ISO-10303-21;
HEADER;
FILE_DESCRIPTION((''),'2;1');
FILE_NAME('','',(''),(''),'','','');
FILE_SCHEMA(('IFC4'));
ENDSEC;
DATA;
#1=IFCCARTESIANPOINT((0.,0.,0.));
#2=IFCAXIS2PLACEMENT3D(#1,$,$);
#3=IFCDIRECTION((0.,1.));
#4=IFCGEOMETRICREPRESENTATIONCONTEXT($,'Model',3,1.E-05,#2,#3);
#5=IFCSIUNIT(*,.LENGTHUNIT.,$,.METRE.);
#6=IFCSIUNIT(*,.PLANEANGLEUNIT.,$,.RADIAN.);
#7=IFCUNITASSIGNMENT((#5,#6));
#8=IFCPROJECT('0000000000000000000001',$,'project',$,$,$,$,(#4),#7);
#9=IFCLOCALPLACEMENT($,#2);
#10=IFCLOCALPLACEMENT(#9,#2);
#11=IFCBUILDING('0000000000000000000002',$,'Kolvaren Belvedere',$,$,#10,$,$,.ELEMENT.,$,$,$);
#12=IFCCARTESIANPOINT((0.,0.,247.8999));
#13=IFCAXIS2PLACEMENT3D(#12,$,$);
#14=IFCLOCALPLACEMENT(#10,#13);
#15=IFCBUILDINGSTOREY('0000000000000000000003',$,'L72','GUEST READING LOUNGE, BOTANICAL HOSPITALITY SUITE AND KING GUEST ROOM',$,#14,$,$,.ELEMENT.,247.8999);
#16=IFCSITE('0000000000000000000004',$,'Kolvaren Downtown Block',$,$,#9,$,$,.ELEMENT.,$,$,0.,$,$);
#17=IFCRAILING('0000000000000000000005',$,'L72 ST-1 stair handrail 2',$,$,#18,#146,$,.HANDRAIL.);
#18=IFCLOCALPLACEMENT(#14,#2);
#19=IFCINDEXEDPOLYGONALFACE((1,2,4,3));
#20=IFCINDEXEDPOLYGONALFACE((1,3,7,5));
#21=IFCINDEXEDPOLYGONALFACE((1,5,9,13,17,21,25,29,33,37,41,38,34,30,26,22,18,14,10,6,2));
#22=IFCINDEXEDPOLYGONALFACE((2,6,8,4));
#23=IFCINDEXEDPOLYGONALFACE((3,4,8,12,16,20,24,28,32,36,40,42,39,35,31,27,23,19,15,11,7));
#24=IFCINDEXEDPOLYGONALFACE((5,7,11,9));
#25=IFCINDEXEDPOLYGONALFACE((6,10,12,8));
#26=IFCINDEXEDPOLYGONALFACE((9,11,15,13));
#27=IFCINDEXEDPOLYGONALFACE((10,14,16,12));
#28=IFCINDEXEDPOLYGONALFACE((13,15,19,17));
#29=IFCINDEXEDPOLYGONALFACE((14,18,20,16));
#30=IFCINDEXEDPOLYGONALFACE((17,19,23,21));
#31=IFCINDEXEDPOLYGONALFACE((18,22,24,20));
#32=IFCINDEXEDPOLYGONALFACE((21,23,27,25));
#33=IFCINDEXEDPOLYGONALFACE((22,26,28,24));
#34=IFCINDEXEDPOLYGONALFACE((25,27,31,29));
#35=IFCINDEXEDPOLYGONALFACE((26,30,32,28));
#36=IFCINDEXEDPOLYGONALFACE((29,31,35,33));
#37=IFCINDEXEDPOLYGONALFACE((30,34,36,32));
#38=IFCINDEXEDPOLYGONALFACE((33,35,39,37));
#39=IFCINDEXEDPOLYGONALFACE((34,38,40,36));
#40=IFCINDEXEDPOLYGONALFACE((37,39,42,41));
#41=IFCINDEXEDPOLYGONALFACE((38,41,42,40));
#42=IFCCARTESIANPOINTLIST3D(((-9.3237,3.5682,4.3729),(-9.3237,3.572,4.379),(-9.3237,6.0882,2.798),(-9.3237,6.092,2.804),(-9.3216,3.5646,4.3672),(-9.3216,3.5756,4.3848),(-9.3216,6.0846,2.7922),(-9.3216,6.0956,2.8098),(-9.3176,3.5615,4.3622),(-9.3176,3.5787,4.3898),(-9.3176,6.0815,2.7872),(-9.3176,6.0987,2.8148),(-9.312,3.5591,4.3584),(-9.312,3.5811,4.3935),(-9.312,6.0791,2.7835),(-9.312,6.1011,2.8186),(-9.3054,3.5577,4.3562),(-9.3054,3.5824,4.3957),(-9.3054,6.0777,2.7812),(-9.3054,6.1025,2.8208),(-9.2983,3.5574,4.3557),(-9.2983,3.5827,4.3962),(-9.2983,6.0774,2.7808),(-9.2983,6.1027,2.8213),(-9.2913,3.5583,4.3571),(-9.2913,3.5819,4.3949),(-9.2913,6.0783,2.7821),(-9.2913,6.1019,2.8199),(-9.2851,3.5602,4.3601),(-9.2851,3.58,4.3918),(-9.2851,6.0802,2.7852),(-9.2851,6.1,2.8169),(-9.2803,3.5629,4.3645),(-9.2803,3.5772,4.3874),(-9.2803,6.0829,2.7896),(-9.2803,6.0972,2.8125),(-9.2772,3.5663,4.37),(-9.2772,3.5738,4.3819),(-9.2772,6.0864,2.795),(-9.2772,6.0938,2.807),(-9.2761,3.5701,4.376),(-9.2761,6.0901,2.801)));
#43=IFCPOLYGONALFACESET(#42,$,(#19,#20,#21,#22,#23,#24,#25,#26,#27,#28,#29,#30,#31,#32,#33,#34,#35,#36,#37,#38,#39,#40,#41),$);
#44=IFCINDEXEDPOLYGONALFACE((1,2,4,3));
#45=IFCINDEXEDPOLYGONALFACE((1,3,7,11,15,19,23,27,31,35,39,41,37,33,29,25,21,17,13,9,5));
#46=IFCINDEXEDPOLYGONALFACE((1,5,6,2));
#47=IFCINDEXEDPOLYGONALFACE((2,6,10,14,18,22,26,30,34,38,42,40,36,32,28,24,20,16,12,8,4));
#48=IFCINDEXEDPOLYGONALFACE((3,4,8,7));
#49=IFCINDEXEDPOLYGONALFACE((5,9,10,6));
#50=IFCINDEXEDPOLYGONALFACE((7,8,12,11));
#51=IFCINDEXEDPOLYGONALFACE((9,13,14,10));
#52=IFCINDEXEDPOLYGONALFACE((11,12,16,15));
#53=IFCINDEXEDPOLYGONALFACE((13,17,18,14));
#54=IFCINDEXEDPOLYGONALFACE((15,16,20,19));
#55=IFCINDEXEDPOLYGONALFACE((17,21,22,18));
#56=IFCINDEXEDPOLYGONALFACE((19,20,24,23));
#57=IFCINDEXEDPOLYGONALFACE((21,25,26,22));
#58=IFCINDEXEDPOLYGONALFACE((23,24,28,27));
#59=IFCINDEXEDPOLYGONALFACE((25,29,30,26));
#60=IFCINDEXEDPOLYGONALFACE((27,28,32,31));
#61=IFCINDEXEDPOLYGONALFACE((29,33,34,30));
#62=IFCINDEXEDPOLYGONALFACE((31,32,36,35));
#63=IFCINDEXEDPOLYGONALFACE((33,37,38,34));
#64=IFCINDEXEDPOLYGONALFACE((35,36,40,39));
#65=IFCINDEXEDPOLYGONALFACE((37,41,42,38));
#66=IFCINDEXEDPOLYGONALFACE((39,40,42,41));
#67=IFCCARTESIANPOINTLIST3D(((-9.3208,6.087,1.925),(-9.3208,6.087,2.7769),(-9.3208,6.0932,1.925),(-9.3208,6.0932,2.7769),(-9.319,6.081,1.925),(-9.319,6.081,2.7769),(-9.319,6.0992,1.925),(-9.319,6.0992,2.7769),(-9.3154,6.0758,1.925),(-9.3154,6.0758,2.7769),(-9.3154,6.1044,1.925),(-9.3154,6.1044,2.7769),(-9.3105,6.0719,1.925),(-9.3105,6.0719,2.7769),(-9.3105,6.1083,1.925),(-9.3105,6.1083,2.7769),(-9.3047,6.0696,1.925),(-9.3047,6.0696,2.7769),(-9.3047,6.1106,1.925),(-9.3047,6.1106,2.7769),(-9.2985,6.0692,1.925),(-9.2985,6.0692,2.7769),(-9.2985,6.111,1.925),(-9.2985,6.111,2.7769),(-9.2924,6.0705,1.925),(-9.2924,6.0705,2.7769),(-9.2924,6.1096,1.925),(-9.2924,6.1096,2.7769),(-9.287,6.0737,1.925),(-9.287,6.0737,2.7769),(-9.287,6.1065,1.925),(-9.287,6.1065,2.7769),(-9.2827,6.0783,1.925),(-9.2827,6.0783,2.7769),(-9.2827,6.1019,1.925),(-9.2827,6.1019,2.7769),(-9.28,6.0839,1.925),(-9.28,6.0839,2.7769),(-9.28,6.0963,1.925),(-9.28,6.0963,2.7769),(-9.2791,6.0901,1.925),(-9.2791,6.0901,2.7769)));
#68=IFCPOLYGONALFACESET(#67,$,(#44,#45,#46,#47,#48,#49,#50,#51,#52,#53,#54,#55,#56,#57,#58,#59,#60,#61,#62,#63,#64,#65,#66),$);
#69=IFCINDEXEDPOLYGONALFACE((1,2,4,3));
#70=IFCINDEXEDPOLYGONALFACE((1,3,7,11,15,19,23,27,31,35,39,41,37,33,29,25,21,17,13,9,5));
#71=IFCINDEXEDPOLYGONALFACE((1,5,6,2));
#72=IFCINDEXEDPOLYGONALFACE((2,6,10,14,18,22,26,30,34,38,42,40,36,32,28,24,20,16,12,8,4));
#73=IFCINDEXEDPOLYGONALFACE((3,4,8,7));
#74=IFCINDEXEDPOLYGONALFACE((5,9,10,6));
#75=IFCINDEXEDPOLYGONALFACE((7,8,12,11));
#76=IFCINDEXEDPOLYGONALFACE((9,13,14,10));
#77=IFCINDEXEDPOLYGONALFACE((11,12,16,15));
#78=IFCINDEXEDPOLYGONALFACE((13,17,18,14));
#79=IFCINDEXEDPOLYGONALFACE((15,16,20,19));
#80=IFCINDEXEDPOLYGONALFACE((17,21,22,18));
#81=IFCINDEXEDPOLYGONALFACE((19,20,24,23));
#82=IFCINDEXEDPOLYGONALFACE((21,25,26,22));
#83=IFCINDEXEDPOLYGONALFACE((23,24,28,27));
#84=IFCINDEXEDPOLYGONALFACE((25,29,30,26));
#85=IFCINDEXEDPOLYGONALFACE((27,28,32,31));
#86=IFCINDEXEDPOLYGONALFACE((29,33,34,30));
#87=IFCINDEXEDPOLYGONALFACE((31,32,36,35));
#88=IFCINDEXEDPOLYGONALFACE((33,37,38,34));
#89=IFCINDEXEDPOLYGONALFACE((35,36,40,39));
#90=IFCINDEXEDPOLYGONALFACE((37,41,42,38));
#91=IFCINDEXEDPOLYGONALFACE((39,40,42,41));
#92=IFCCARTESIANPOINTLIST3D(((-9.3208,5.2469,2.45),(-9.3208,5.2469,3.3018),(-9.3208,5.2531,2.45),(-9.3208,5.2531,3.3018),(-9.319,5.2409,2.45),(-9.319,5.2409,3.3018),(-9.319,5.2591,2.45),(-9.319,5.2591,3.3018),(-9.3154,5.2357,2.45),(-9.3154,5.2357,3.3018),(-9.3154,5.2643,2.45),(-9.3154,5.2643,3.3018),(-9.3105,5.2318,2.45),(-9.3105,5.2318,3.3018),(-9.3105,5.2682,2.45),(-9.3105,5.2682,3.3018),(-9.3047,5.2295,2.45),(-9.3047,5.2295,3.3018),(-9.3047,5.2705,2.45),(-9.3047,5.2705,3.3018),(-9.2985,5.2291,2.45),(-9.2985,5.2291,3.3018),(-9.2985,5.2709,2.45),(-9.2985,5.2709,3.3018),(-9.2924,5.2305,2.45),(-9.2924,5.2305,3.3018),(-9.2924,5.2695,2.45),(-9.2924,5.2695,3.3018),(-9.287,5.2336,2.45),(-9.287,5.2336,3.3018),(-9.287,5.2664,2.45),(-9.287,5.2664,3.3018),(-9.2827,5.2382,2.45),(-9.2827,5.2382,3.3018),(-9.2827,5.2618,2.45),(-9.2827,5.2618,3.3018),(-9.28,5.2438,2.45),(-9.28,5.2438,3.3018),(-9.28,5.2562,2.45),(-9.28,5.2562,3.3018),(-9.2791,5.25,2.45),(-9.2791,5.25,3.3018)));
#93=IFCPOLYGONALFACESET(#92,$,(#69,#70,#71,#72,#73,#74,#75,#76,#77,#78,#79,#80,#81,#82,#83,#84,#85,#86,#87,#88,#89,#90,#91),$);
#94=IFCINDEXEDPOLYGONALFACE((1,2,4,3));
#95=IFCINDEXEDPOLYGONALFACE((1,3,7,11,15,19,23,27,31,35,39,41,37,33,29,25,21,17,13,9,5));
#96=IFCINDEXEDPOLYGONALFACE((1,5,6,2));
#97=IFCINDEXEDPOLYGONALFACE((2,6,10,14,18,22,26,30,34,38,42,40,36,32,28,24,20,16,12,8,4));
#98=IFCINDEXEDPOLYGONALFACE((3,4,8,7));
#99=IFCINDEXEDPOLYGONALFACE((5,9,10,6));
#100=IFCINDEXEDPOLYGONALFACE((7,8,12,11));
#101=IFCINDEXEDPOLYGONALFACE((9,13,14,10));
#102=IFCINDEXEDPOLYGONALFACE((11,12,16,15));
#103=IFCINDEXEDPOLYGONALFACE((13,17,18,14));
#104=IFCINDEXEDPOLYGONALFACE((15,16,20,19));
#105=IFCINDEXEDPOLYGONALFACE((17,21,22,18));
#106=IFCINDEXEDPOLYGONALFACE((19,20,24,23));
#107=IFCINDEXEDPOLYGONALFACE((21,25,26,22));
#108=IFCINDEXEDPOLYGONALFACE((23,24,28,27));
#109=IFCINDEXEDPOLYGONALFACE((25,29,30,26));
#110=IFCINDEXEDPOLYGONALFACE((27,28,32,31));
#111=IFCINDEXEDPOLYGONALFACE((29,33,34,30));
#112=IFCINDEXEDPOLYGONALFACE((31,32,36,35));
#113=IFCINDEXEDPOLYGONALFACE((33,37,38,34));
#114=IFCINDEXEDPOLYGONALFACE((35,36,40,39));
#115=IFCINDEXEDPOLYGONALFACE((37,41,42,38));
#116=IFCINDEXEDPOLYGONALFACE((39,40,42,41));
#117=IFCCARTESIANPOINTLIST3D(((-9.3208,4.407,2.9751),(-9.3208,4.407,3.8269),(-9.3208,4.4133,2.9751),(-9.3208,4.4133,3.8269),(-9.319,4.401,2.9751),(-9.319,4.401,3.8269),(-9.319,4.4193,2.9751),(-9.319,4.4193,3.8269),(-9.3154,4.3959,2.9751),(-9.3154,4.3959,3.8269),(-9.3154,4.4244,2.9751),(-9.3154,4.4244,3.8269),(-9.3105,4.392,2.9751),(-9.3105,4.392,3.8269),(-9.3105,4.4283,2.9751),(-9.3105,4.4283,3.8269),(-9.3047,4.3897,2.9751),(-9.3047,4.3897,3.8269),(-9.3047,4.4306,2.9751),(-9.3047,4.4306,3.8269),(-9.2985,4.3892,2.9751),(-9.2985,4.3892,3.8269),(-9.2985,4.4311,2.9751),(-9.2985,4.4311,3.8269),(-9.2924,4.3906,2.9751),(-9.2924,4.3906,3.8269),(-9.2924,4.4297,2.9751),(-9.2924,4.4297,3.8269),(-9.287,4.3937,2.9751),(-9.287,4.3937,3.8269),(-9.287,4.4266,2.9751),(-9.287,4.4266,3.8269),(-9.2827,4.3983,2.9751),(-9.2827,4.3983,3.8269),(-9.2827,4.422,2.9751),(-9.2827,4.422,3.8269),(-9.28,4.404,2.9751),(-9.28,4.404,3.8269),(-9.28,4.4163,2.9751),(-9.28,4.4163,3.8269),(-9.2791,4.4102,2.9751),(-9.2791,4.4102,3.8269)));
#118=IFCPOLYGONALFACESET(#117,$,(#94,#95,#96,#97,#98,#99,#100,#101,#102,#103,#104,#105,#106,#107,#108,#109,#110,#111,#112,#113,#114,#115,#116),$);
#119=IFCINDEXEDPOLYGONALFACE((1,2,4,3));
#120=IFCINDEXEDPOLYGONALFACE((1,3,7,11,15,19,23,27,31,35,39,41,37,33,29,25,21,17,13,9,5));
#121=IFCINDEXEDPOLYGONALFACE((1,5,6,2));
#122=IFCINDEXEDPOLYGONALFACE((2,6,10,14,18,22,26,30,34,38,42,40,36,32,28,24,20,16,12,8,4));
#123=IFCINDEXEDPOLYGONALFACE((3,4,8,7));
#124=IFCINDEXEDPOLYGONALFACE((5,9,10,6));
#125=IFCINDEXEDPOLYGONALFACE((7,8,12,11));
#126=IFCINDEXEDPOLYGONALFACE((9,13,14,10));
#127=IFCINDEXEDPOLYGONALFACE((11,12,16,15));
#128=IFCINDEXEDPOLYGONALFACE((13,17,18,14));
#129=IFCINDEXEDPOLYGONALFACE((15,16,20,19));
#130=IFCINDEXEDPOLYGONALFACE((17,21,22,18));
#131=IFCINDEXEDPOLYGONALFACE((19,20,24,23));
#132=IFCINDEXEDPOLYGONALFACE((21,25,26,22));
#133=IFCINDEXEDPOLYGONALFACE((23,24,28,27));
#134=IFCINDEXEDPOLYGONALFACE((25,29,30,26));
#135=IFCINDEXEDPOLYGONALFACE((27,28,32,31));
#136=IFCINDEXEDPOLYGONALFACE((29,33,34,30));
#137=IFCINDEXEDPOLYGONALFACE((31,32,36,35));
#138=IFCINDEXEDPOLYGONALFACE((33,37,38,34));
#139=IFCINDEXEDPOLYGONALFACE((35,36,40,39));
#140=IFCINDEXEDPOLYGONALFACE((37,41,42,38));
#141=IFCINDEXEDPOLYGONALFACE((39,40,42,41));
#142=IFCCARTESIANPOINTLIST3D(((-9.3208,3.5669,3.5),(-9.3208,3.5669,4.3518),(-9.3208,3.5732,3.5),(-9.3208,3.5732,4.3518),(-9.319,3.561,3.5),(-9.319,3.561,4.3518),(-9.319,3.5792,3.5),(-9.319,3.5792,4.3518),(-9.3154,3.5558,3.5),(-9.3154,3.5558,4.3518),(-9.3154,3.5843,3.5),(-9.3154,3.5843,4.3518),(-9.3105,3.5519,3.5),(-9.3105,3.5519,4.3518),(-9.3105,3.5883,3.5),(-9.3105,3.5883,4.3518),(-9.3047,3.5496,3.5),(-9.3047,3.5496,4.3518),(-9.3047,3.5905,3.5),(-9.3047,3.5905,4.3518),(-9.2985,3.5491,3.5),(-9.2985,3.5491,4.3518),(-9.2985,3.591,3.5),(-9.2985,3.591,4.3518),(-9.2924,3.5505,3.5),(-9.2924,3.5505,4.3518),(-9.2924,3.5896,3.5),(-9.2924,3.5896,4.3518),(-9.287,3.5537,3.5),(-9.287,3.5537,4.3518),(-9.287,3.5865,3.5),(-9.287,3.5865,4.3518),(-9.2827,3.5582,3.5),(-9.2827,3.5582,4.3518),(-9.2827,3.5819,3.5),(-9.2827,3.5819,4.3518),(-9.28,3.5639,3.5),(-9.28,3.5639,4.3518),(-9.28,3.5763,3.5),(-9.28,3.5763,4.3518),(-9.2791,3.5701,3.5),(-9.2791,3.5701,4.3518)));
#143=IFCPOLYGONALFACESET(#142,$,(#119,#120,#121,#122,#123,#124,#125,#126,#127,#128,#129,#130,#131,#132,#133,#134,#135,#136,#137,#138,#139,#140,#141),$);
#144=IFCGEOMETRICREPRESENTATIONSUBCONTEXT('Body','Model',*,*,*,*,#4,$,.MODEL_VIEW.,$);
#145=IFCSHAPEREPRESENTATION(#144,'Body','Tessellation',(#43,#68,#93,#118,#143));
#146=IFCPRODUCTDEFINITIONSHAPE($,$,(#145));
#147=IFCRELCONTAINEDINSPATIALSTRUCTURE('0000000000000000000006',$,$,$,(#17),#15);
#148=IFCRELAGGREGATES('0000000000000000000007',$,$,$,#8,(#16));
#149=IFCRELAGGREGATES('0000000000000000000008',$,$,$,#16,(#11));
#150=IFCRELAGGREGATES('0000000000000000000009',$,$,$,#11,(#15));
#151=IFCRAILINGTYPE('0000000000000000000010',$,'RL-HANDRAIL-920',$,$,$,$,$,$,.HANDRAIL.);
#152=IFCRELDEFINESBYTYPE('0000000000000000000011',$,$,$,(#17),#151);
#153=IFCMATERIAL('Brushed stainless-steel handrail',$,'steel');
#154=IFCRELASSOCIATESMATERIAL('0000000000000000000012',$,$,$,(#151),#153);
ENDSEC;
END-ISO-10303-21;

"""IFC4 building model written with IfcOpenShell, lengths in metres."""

from ifc_helpers import new_model, si_unit, direction, frame, origin, origin_2d, place, context, subcontext, project, spatial, circle, extrude, material, type_object, element, save


model = new_model("IFC4")

# Units and contexts
model_context = context("Model", 3, precision=1e-05, world=origin(), true_north=direction((0.0, 1.0)))
body_context = subcontext(model_context, "Body", "Model", "MODEL_VIEW")
ifc_project = project(units=[si_unit("LENGTHUNIT", "METRE"), si_unit("PLANEANGLEUNIT", "RADIAN")], contexts=[model_context])

# Site, building, storey
site_placement = place(None, origin())
site = spatial("IfcSite", under=ifc_project, at=site_placement, Name="Kolvaren Downtown Block", CompositionType="ELEMENT", RefElevation=0.0)
building_placement = place(site_placement, origin())
building = spatial("IfcBuilding", under=site, at=building_placement, Name="Kolvaren Belvedere", CompositionType="ELEMENT")
storey_placement = place(building_placement, frame((0.0, 0.0, 247.8999)))
storey = spatial("IfcBuildingStorey", under=building, at=storey_placement, Name="L72", Description="GUEST READING LOUNGE, BOTANICAL HOSPITALITY SUITE AND KING GUEST ROOM", CompositionType="ELEMENT", Elevation=247.8999)

# Railing
ifc_material_1 = material(Name="Brushed stainless-steel handrail", Category="steel")
railing_type_1 = type_object("IfcRailingType", Name="RL-HANDRAIL-920", PredefinedType="HANDRAIL", material=ifc_material_1)
railing_1_placement = place(storey_placement, frame((-9.3, 6.0901, 1.925)))
element("IfcRailing", 1, at=railing_1_placement, inside=storey, type_object=railing_type_1, Name="L72 ST-1 stair handrail 2", PredefinedType="HANDRAIL", context=body_context, shape_type="SweptSolid", body=[
    extrude(circle(Radius=0.0239, at=origin_2d()), frame((0.0, 0.0, 0.876), z_axis=(0.0, -0.848008, 0.529984), x_axis=(1.0, 0.0, 0.0)), (0.0, 0.0, 1.0), 2.9717),
    extrude(circle(Radius=0.021, at=origin_2d()), origin(), (0.0, 0.0, 1.0), 0.8518),
    extrude(circle(Radius=0.021, at=origin_2d()), frame((0.0, -0.8401, 0.5249)), (0.0, 0.0, 1.0), 0.8518),
    extrude(circle(Radius=0.021, at=origin_2d()), frame((0.0, -1.6799, 1.05)), (0.0, 0.0, 1.0), 0.8518),
    extrude(circle(Radius=0.021, at=origin_2d()), frame((0.0, -2.52, 1.575)), (0.0, 0.0, 1.0), 0.8518),
])

save(model, "model.ifc")
